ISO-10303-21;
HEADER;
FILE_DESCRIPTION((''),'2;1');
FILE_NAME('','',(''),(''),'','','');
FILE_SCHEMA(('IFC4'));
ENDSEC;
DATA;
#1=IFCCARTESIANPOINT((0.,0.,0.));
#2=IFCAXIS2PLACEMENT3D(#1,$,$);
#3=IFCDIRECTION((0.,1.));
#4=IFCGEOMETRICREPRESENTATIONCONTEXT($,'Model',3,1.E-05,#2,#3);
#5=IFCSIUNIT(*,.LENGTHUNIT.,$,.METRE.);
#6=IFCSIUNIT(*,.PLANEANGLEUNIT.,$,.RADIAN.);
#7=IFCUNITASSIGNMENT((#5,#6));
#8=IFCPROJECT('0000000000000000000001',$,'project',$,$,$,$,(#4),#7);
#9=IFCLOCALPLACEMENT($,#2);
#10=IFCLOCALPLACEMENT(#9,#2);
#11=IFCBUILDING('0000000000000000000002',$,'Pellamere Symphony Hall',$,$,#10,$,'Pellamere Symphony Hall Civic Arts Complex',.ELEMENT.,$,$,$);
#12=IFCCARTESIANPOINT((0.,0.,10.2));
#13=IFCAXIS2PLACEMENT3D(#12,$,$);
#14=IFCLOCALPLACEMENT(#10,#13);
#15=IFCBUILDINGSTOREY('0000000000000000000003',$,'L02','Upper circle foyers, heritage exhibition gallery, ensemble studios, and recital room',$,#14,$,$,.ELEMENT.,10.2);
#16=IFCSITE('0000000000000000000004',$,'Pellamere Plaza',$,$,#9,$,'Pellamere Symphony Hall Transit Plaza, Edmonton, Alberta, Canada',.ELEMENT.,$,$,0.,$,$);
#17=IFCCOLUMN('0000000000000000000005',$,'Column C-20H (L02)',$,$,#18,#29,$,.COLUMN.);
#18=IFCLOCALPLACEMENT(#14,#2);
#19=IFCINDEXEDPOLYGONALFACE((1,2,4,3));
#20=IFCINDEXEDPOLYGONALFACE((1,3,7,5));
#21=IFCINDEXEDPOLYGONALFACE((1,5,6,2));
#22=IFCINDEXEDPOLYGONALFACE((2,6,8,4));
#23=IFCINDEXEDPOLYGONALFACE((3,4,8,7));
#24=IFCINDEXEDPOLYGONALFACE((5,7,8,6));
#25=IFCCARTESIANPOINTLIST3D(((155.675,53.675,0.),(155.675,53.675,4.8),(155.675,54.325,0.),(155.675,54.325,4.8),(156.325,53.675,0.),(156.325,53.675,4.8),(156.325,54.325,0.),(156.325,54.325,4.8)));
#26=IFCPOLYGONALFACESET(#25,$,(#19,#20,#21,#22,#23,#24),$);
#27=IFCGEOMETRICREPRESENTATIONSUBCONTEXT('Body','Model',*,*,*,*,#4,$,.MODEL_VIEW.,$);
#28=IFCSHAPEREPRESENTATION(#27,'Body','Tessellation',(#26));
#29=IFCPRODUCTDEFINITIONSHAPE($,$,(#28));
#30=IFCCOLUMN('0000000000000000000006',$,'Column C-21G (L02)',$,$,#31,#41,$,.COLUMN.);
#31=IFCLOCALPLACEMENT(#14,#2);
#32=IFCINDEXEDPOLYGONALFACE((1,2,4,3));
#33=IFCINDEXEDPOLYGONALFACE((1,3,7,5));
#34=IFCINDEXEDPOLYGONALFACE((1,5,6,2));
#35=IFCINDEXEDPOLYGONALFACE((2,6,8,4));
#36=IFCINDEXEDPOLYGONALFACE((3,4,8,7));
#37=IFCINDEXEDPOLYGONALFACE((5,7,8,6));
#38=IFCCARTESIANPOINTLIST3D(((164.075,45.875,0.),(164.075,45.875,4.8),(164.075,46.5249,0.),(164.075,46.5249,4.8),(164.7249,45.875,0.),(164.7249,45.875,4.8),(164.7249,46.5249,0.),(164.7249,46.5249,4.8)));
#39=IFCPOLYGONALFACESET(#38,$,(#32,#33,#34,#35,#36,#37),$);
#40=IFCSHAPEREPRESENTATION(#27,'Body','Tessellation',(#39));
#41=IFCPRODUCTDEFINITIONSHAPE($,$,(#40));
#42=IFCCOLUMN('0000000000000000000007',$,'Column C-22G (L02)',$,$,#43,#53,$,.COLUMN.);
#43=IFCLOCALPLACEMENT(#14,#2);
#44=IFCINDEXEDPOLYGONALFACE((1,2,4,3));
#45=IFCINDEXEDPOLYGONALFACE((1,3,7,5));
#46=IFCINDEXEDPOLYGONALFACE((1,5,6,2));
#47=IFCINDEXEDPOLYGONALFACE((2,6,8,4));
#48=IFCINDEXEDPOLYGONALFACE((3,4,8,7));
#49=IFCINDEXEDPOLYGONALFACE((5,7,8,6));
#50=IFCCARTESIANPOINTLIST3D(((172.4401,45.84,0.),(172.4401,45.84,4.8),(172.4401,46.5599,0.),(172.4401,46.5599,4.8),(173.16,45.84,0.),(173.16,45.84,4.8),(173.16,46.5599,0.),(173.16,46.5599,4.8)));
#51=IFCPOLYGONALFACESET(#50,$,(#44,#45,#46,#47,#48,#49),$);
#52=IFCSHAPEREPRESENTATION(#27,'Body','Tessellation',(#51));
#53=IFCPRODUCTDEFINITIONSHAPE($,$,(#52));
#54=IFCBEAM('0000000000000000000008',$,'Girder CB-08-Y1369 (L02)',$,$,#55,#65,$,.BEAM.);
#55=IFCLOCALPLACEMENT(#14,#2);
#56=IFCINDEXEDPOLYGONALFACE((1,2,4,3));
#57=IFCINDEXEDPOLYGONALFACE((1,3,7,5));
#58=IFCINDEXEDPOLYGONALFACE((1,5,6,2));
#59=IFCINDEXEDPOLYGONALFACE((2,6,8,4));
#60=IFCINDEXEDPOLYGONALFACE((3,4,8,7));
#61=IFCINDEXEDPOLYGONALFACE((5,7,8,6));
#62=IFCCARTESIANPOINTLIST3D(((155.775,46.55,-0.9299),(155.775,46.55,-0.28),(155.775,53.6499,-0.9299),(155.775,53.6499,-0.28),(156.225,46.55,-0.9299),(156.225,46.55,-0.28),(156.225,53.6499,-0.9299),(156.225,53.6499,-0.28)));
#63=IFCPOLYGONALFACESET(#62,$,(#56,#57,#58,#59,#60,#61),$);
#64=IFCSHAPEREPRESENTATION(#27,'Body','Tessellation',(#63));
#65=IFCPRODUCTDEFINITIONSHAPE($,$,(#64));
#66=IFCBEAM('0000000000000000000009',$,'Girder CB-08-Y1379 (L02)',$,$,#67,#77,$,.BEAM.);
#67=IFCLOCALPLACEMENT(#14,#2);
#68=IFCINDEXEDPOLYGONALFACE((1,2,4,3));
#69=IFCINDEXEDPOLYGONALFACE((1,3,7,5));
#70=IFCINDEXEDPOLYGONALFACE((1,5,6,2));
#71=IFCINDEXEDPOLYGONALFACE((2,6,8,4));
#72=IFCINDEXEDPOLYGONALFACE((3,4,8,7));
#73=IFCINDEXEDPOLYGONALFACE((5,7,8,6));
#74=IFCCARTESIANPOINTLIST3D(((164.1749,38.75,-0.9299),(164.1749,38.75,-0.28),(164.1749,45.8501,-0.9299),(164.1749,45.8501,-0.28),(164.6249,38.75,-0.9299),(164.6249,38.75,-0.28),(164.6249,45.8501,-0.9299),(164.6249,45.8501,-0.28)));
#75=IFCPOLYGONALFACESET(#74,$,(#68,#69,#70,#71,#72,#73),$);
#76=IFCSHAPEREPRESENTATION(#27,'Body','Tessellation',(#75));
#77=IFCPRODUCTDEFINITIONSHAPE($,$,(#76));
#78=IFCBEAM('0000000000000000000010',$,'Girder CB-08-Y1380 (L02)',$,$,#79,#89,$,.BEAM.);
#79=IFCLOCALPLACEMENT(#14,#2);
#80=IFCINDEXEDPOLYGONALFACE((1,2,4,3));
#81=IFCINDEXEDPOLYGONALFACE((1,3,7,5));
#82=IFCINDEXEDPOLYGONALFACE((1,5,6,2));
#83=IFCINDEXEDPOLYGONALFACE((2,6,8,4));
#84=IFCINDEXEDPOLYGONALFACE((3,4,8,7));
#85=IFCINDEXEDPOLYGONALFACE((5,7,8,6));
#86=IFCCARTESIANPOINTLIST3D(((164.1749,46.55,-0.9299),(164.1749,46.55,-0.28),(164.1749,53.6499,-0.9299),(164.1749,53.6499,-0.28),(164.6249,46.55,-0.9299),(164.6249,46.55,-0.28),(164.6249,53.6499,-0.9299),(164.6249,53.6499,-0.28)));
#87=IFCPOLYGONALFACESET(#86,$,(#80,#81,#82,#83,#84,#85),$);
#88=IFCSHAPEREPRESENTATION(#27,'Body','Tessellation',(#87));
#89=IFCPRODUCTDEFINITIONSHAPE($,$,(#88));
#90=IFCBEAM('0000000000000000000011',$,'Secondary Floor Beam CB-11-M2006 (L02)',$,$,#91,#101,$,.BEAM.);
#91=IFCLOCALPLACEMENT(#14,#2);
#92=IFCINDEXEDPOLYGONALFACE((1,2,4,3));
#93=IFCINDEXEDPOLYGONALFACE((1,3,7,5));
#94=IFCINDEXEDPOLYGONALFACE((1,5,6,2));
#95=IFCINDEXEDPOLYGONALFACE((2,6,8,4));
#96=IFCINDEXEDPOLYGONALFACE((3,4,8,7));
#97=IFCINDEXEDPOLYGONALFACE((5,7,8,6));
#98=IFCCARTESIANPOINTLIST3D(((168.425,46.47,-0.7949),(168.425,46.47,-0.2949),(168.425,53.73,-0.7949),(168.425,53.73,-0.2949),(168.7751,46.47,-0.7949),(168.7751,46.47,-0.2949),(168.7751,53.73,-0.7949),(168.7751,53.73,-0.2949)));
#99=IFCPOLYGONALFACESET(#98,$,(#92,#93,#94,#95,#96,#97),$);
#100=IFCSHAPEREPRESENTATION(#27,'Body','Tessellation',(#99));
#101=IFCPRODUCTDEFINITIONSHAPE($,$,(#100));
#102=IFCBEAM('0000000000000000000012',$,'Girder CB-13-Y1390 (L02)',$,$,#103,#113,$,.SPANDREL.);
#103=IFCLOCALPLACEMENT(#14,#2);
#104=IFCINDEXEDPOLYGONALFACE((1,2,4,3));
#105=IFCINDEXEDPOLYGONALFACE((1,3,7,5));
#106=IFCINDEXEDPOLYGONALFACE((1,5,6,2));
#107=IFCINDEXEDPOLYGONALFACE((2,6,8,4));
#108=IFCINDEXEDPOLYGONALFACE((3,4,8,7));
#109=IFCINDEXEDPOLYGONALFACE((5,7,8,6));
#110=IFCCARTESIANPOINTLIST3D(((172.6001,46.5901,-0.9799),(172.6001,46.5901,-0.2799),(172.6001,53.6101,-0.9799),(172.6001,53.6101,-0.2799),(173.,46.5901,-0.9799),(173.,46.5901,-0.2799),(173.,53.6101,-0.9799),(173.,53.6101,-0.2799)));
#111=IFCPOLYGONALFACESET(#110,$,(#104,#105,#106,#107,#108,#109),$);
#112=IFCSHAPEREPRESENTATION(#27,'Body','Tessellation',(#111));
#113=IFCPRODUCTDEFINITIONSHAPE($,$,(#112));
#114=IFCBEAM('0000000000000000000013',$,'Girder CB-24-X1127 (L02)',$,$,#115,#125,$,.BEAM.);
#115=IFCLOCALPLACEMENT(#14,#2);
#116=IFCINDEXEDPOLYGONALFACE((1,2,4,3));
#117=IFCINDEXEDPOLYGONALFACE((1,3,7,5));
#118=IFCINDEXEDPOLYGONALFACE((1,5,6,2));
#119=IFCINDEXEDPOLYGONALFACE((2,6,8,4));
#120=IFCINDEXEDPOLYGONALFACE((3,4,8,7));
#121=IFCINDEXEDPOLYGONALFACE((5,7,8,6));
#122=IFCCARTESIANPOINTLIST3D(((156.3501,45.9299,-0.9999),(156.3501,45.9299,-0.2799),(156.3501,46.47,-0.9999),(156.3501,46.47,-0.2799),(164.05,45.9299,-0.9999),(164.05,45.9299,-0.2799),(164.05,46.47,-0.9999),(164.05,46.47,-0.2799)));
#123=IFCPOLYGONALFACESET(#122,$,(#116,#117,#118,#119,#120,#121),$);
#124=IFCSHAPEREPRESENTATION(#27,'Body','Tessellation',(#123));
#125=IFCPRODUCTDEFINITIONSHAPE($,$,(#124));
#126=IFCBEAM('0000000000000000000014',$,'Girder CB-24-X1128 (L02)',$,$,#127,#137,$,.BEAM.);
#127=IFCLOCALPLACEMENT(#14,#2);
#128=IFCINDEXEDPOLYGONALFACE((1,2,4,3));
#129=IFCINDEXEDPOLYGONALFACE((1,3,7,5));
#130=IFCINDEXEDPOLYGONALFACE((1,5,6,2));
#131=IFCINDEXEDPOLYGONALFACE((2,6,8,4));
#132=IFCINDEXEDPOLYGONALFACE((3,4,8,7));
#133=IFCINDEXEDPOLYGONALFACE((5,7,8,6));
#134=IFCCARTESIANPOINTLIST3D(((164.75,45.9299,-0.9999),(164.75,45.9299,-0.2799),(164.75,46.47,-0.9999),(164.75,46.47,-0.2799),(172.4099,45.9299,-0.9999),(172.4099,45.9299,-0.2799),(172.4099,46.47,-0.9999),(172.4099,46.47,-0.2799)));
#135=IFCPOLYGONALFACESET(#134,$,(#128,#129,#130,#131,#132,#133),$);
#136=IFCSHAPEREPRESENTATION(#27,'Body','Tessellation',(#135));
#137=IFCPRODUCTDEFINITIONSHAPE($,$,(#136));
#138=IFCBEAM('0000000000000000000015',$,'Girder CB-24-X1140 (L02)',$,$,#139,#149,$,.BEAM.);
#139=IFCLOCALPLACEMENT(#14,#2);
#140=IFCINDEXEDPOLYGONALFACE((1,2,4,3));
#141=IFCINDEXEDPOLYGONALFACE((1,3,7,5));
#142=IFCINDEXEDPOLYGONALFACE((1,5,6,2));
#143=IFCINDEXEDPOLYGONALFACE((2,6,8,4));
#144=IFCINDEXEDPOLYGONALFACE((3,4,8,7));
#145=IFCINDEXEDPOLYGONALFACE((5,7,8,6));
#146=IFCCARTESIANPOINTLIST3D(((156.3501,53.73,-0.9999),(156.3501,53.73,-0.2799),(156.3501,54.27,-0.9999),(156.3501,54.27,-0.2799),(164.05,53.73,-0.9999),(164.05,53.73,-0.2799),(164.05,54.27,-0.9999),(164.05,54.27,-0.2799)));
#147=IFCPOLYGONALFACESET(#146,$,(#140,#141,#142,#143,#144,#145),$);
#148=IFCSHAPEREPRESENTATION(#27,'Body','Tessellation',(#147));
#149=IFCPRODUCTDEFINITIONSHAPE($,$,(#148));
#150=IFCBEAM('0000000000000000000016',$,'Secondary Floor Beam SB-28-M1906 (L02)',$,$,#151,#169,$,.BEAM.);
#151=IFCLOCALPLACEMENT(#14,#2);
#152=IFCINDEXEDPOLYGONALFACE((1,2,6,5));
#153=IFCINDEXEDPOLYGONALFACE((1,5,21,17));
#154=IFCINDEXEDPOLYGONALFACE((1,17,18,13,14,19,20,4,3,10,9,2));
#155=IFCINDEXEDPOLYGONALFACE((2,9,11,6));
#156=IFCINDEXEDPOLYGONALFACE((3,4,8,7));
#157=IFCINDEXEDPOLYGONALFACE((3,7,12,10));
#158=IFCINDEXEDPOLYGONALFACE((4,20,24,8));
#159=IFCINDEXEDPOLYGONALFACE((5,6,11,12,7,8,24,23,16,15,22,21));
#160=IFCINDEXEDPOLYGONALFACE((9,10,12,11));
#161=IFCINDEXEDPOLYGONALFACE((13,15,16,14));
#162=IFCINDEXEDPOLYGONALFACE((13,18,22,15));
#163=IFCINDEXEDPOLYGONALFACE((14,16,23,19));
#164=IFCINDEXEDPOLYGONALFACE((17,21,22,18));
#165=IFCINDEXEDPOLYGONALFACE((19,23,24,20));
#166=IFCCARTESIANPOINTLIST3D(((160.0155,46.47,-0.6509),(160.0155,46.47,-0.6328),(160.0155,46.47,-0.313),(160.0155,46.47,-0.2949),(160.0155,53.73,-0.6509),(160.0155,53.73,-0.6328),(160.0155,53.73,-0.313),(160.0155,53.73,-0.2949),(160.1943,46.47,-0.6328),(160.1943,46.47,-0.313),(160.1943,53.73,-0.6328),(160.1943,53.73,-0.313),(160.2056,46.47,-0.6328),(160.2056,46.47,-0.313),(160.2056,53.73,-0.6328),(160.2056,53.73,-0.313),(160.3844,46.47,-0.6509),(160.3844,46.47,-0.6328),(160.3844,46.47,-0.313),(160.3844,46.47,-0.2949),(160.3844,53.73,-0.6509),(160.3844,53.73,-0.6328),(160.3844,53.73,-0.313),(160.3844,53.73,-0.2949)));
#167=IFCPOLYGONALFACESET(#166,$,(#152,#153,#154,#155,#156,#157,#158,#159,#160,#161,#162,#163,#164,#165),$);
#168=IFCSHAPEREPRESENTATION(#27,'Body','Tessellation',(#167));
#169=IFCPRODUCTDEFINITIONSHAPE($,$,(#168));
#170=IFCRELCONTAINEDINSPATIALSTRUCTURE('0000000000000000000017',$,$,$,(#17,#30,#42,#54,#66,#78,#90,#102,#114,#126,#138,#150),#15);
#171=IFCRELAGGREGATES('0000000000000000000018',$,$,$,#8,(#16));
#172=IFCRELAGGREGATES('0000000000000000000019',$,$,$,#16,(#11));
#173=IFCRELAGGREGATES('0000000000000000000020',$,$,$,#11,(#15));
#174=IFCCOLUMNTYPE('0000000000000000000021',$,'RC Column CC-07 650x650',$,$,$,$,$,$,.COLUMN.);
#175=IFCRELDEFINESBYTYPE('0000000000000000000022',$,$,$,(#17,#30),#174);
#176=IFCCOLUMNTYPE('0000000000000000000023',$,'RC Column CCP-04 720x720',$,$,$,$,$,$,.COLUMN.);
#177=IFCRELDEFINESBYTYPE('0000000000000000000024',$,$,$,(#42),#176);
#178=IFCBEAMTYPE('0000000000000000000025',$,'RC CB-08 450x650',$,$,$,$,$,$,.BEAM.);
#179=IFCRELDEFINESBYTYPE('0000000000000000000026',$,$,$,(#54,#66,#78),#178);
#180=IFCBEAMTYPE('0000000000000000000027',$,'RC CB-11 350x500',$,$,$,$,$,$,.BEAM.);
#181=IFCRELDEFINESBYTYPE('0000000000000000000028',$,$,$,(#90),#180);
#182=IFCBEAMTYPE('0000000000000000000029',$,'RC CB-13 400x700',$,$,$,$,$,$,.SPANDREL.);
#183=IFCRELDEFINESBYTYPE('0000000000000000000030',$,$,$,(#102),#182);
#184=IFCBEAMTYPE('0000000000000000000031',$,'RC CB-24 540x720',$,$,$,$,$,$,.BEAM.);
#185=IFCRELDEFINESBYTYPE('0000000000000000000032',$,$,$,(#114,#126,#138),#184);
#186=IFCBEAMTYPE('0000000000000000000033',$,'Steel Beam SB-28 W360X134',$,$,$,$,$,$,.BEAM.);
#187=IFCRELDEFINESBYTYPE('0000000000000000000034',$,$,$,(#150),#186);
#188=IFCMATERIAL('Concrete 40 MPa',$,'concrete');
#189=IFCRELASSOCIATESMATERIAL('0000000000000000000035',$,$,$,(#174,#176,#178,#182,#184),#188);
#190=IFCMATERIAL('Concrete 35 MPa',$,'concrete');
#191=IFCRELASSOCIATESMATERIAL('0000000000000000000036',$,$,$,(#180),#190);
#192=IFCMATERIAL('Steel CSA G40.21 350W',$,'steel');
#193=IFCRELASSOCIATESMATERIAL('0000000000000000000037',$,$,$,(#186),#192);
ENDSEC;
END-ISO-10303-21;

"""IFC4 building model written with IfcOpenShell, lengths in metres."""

from ifc_helpers import new_model, si_unit, direction, frame, origin, origin_2d, place, context, subcontext, project, spatial, rectangle, i_section, extrude, material, material_profile, profile_set, type_object, element, save


model = new_model("IFC4")

# Units and contexts
model_context = context("Model", 3, precision=1e-05, world=origin(), true_north=direction((0.0, 1.0)))
body_context = subcontext(model_context, "Body", "Model", "MODEL_VIEW")
ifc_project = project(units=[si_unit("LENGTHUNIT", "METRE"), si_unit("PLANEANGLEUNIT", "RADIAN")], contexts=[model_context])

# Site, building, storey
site_placement = place(None, origin())
site = spatial("IfcSite", under=ifc_project, at=site_placement, Name="Pellamere Plaza", LongName="Pellamere Symphony Hall Transit Plaza, Edmonton, Alberta, Canada", CompositionType="ELEMENT", RefElevation=0.0)
building_placement = place(site_placement, origin())
building = spatial("IfcBuilding", under=site, at=building_placement, Name="Pellamere Symphony Hall", LongName="Pellamere Symphony Hall Civic Arts Complex", CompositionType="ELEMENT")
storey_placement = place(building_placement, frame((0.0, 0.0, 10.2)))
storey = spatial("IfcBuildingStorey", under=building, at=storey_placement, Name="L02", Description="Upper circle foyers, heritage exhibition gallery, ensemble studios, and recital room", CompositionType="ELEMENT", Elevation=10.2)

# Columns
ifc_material_1 = material(Name="Concrete 40 MPa", Category="concrete")
ifc_material_profile_1 = material_profile(ifc_material_1, rectangle(XDim=0.6499, YDim=0.6499, at=origin_2d()), Name="RC 650x650")
ifc_profile_set_1 = profile_set([ifc_material_profile_1], Name="Concrete 40 MPa")
column_type_1 = type_object("IfcColumnType", Name="RC Column CC-07 650x650", PredefinedType="COLUMN", material=ifc_profile_set_1)
for number, where, z_axis, x_axis, name in (
    (1, (156.0, 54.0, 0.0), (0.0, 0.0, 1.0), (1.0, 0.0, 0.0), "Column C-20H (L02)"),
    (2, (164.3999, 46.2, 0.0), (0.0, 0.0, 1.0), (1.0, 0.0, 0.0), "Column C-21G (L02)"),
):
    element("IfcColumn", number, at=place(storey_placement, frame(where, z_axis=z_axis, x_axis=x_axis)), inside=storey, type_object=column_type_1, Name=name, PredefinedType="COLUMN", context=body_context, shape_type="SweptSolid", body=[
        extrude(rectangle(XDim=0.6499, YDim=0.6499, at=origin_2d()), origin(), (0.0, 0.0, 1.0), 4.8),
    ])
ifc_material_profile_2 = material_profile(ifc_material_1, rectangle(XDim=0.72, YDim=0.72, at=origin_2d()), Name="RC 720x720")
ifc_profile_set_2 = profile_set([ifc_material_profile_2], Name="Concrete 40 MPa")
column_type_2 = type_object("IfcColumnType", Name="RC Column CCP-04 720x720", PredefinedType="COLUMN", material=ifc_profile_set_2)
column_placement = place(storey_placement, frame((172.8, 46.2, 0.0), z_axis=(0.0, 0.0, 1.0), x_axis=(1.0, 0.0, 0.0)))
element("IfcColumn", 3, at=column_placement, inside=storey, type_object=column_type_2, Name="Column C-22G (L02)", PredefinedType="COLUMN", context=body_context, shape_type="SweptSolid", body=[
    extrude(rectangle(XDim=0.72, YDim=0.72, at=origin_2d()), origin(), (0.0, 0.0, 1.0), 4.8),
])

# Beams
ifc_material_profile_3 = material_profile(ifc_material_1, rectangle(XDim=0.45, YDim=0.6499, at=origin_2d()), Name="RC 450x650")
ifc_profile_set_3 = profile_set([ifc_material_profile_3], Name="Concrete 40 MPa")
beam_type_1 = type_object("IfcBeamType", Name="RC CB-08 450x650", PredefinedType="BEAM", material=ifc_profile_set_3)
beam_1_placement = place(storey_placement, frame((156.0, 46.55, -0.605), z_axis=(0.0, 1.0, 0.0), x_axis=(-1.0, 0.0, 0.0)))
element("IfcBeam", 4, at=beam_1_placement, inside=storey, type_object=beam_type_1, Name="Girder CB-08-Y1369 (L02)", PredefinedType="BEAM", context=body_context, shape_type="SweptSolid", body=[
    extrude(rectangle(XDim=0.45, YDim=0.6499, at=origin_2d()), origin(), (0.0, 0.0, 1.0), 7.0999),
])
beam_2_placement = place(storey_placement, frame((164.3999, 38.75, -0.605), z_axis=(0.0, 1.0, 0.0), x_axis=(-1.0, 0.0, 0.0)))
element("IfcBeam", 5, at=beam_2_placement, inside=storey, type_object=beam_type_1, Name="Girder CB-08-Y1379 (L02)", PredefinedType="BEAM", context=body_context, shape_type="SweptSolid", body=[
    extrude(rectangle(XDim=0.45, YDim=0.6499, at=origin_2d()), origin(), (0.0, 0.0, 1.0), 7.1001),
])
beam_3_placement = place(storey_placement, frame((164.3999, 46.55, -0.605), z_axis=(0.0, 1.0, 0.0), x_axis=(-1.0, 0.0, 0.0)))
element("IfcBeam", 6, at=beam_3_placement, inside=storey, type_object=beam_type_1, Name="Girder CB-08-Y1380 (L02)", PredefinedType="BEAM", context=body_context, shape_type="SweptSolid", body=[
    extrude(rectangle(XDim=0.45, YDim=0.6499, at=origin_2d()), origin(), (0.0, 0.0, 1.0), 7.0999),
])
ifc_material_2 = material(Name="Concrete 35 MPa", Category="concrete")
ifc_material_profile_4 = material_profile(ifc_material_2, rectangle(XDim=0.3501, YDim=0.5, at=origin_2d()), Name="RC 350x500")
ifc_profile_set_4 = profile_set([ifc_material_profile_4], Name="Concrete 35 MPa")
beam_type_2 = type_object("IfcBeamType", Name="RC CB-11 350x500", PredefinedType="BEAM", material=ifc_profile_set_4)
beam_4_placement = place(storey_placement, frame((168.6001, 46.47, -0.5449), z_axis=(0.0, 1.0, 0.0), x_axis=(-1.0, 0.0, 0.0)))
element("IfcBeam", 7, at=beam_4_placement, inside=storey, type_object=beam_type_2, Name="Secondary Floor Beam CB-11-M2006 (L02)", PredefinedType="BEAM", context=body_context, shape_type="SweptSolid", body=[
    extrude(rectangle(XDim=0.3501, YDim=0.5, at=origin_2d()), origin(), (0.0, 0.0, 1.0), 7.26),
])
ifc_material_profile_5 = material_profile(ifc_material_1, rectangle(XDim=0.3999, YDim=0.7, at=origin_2d()), Name="RC 400x700")
ifc_profile_set_5 = profile_set([ifc_material_profile_5], Name="Concrete 40 MPa")
beam_type_3 = type_object("IfcBeamType", Name="RC CB-13 400x700", PredefinedType="SPANDREL", material=ifc_profile_set_5)
beam_5_placement = place(storey_placement, frame((172.8, 46.5901, -0.6299), z_axis=(0.0, 1.0, 0.0), x_axis=(-1.0, 0.0, 0.0)))
element("IfcBeam", 8, at=beam_5_placement, inside=storey, type_object=beam_type_3, Name="Girder CB-13-Y1390 (L02)", PredefinedType="SPANDREL", context=body_context, shape_type="SweptSolid", body=[
    extrude(rectangle(XDim=0.3999, YDim=0.7, at=origin_2d()), origin(), (0.0, 0.0, 1.0), 7.02),
])
ifc_material_profile_6 = material_profile(ifc_material_1, rectangle(XDim=0.54, YDim=0.72, at=origin_2d()), Name="RC 540x720")
ifc_profile_set_6 = profile_set([ifc_material_profile_6], Name="Concrete 40 MPa")
beam_type_4 = type_object("IfcBeamType", Name="RC CB-24 540x720", PredefinedType="BEAM", material=ifc_profile_set_6)
beam_6_placement = place(storey_placement, frame((156.3501, 46.2, -0.6399), z_axis=(1.0, 0.0, 0.0), x_axis=(0.0, 1.0, 0.0)))
element("IfcBeam", 9, at=beam_6_placement, inside=storey, type_object=beam_type_4, Name="Girder CB-24-X1127 (L02)", PredefinedType="BEAM", context=body_context, shape_type="SweptSolid", body=[
    extrude(rectangle(XDim=0.54, YDim=0.72, at=origin_2d()), origin(), (0.0, 0.0, 1.0), 7.7),
])
beam_7_placement = place(storey_placement, frame((164.75, 46.2, -0.6399), z_axis=(1.0, 0.0, 0.0), x_axis=(0.0, 1.0, 0.0)))
element("IfcBeam", 10, at=beam_7_placement, inside=storey, type_object=beam_type_4, Name="Girder CB-24-X1128 (L02)", PredefinedType="BEAM", context=body_context, shape_type="SweptSolid", body=[
    extrude(rectangle(XDim=0.54, YDim=0.72, at=origin_2d()), origin(), (0.0, 0.0, 1.0), 7.6599),
])
beam_8_placement = place(storey_placement, frame((156.3501, 54.0, -0.6399), z_axis=(1.0, 0.0, 0.0), x_axis=(0.0, 1.0, 0.0)))
element("IfcBeam", 11, at=beam_8_placement, inside=storey, type_object=beam_type_4, Name="Girder CB-24-X1140 (L02)", PredefinedType="BEAM", context=body_context, shape_type="SweptSolid", body=[
    extrude(rectangle(XDim=0.54, YDim=0.72, at=origin_2d()), origin(), (0.0, 0.0, 1.0), 7.7),
])
ifc_material_3 = material(Name="Steel CSA G40.21 350W", Category="steel")
ifc_material_profile_7 = material_profile(ifc_material_3, i_section(OverallWidth=0.3689, OverallDepth=0.356, WebThickness=0.0112, FlangeThickness=0.0181, at=origin_2d()), Name="W360X134")
ifc_profile_set_7 = profile_set([ifc_material_profile_7], Name="Steel CSA G40.21 350W")
beam_type_5 = type_object("IfcBeamType", Name="Steel Beam SB-28 W360X134", PredefinedType="BEAM", material=ifc_profile_set_7)
beam_9_placement = place(storey_placement, frame((160.2, 46.47, -0.4729), z_axis=(0.0, 1.0, 0.0), x_axis=(-1.0, 0.0, 0.0)))
element("IfcBeam", 12, at=beam_9_placement, inside=storey, type_object=beam_type_5, Name="Secondary Floor Beam SB-28-M1906 (L02)", PredefinedType="BEAM", context=body_context, shape_type="SweptSolid", body=[
    extrude(i_section(OverallWidth=0.3689, OverallDepth=0.356, WebThickness=0.0112, FlangeThickness=0.0181, at=origin_2d()), origin(), (0.0, 0.0, 1.0), 7.26),
])

save(model, "model.ifc")
